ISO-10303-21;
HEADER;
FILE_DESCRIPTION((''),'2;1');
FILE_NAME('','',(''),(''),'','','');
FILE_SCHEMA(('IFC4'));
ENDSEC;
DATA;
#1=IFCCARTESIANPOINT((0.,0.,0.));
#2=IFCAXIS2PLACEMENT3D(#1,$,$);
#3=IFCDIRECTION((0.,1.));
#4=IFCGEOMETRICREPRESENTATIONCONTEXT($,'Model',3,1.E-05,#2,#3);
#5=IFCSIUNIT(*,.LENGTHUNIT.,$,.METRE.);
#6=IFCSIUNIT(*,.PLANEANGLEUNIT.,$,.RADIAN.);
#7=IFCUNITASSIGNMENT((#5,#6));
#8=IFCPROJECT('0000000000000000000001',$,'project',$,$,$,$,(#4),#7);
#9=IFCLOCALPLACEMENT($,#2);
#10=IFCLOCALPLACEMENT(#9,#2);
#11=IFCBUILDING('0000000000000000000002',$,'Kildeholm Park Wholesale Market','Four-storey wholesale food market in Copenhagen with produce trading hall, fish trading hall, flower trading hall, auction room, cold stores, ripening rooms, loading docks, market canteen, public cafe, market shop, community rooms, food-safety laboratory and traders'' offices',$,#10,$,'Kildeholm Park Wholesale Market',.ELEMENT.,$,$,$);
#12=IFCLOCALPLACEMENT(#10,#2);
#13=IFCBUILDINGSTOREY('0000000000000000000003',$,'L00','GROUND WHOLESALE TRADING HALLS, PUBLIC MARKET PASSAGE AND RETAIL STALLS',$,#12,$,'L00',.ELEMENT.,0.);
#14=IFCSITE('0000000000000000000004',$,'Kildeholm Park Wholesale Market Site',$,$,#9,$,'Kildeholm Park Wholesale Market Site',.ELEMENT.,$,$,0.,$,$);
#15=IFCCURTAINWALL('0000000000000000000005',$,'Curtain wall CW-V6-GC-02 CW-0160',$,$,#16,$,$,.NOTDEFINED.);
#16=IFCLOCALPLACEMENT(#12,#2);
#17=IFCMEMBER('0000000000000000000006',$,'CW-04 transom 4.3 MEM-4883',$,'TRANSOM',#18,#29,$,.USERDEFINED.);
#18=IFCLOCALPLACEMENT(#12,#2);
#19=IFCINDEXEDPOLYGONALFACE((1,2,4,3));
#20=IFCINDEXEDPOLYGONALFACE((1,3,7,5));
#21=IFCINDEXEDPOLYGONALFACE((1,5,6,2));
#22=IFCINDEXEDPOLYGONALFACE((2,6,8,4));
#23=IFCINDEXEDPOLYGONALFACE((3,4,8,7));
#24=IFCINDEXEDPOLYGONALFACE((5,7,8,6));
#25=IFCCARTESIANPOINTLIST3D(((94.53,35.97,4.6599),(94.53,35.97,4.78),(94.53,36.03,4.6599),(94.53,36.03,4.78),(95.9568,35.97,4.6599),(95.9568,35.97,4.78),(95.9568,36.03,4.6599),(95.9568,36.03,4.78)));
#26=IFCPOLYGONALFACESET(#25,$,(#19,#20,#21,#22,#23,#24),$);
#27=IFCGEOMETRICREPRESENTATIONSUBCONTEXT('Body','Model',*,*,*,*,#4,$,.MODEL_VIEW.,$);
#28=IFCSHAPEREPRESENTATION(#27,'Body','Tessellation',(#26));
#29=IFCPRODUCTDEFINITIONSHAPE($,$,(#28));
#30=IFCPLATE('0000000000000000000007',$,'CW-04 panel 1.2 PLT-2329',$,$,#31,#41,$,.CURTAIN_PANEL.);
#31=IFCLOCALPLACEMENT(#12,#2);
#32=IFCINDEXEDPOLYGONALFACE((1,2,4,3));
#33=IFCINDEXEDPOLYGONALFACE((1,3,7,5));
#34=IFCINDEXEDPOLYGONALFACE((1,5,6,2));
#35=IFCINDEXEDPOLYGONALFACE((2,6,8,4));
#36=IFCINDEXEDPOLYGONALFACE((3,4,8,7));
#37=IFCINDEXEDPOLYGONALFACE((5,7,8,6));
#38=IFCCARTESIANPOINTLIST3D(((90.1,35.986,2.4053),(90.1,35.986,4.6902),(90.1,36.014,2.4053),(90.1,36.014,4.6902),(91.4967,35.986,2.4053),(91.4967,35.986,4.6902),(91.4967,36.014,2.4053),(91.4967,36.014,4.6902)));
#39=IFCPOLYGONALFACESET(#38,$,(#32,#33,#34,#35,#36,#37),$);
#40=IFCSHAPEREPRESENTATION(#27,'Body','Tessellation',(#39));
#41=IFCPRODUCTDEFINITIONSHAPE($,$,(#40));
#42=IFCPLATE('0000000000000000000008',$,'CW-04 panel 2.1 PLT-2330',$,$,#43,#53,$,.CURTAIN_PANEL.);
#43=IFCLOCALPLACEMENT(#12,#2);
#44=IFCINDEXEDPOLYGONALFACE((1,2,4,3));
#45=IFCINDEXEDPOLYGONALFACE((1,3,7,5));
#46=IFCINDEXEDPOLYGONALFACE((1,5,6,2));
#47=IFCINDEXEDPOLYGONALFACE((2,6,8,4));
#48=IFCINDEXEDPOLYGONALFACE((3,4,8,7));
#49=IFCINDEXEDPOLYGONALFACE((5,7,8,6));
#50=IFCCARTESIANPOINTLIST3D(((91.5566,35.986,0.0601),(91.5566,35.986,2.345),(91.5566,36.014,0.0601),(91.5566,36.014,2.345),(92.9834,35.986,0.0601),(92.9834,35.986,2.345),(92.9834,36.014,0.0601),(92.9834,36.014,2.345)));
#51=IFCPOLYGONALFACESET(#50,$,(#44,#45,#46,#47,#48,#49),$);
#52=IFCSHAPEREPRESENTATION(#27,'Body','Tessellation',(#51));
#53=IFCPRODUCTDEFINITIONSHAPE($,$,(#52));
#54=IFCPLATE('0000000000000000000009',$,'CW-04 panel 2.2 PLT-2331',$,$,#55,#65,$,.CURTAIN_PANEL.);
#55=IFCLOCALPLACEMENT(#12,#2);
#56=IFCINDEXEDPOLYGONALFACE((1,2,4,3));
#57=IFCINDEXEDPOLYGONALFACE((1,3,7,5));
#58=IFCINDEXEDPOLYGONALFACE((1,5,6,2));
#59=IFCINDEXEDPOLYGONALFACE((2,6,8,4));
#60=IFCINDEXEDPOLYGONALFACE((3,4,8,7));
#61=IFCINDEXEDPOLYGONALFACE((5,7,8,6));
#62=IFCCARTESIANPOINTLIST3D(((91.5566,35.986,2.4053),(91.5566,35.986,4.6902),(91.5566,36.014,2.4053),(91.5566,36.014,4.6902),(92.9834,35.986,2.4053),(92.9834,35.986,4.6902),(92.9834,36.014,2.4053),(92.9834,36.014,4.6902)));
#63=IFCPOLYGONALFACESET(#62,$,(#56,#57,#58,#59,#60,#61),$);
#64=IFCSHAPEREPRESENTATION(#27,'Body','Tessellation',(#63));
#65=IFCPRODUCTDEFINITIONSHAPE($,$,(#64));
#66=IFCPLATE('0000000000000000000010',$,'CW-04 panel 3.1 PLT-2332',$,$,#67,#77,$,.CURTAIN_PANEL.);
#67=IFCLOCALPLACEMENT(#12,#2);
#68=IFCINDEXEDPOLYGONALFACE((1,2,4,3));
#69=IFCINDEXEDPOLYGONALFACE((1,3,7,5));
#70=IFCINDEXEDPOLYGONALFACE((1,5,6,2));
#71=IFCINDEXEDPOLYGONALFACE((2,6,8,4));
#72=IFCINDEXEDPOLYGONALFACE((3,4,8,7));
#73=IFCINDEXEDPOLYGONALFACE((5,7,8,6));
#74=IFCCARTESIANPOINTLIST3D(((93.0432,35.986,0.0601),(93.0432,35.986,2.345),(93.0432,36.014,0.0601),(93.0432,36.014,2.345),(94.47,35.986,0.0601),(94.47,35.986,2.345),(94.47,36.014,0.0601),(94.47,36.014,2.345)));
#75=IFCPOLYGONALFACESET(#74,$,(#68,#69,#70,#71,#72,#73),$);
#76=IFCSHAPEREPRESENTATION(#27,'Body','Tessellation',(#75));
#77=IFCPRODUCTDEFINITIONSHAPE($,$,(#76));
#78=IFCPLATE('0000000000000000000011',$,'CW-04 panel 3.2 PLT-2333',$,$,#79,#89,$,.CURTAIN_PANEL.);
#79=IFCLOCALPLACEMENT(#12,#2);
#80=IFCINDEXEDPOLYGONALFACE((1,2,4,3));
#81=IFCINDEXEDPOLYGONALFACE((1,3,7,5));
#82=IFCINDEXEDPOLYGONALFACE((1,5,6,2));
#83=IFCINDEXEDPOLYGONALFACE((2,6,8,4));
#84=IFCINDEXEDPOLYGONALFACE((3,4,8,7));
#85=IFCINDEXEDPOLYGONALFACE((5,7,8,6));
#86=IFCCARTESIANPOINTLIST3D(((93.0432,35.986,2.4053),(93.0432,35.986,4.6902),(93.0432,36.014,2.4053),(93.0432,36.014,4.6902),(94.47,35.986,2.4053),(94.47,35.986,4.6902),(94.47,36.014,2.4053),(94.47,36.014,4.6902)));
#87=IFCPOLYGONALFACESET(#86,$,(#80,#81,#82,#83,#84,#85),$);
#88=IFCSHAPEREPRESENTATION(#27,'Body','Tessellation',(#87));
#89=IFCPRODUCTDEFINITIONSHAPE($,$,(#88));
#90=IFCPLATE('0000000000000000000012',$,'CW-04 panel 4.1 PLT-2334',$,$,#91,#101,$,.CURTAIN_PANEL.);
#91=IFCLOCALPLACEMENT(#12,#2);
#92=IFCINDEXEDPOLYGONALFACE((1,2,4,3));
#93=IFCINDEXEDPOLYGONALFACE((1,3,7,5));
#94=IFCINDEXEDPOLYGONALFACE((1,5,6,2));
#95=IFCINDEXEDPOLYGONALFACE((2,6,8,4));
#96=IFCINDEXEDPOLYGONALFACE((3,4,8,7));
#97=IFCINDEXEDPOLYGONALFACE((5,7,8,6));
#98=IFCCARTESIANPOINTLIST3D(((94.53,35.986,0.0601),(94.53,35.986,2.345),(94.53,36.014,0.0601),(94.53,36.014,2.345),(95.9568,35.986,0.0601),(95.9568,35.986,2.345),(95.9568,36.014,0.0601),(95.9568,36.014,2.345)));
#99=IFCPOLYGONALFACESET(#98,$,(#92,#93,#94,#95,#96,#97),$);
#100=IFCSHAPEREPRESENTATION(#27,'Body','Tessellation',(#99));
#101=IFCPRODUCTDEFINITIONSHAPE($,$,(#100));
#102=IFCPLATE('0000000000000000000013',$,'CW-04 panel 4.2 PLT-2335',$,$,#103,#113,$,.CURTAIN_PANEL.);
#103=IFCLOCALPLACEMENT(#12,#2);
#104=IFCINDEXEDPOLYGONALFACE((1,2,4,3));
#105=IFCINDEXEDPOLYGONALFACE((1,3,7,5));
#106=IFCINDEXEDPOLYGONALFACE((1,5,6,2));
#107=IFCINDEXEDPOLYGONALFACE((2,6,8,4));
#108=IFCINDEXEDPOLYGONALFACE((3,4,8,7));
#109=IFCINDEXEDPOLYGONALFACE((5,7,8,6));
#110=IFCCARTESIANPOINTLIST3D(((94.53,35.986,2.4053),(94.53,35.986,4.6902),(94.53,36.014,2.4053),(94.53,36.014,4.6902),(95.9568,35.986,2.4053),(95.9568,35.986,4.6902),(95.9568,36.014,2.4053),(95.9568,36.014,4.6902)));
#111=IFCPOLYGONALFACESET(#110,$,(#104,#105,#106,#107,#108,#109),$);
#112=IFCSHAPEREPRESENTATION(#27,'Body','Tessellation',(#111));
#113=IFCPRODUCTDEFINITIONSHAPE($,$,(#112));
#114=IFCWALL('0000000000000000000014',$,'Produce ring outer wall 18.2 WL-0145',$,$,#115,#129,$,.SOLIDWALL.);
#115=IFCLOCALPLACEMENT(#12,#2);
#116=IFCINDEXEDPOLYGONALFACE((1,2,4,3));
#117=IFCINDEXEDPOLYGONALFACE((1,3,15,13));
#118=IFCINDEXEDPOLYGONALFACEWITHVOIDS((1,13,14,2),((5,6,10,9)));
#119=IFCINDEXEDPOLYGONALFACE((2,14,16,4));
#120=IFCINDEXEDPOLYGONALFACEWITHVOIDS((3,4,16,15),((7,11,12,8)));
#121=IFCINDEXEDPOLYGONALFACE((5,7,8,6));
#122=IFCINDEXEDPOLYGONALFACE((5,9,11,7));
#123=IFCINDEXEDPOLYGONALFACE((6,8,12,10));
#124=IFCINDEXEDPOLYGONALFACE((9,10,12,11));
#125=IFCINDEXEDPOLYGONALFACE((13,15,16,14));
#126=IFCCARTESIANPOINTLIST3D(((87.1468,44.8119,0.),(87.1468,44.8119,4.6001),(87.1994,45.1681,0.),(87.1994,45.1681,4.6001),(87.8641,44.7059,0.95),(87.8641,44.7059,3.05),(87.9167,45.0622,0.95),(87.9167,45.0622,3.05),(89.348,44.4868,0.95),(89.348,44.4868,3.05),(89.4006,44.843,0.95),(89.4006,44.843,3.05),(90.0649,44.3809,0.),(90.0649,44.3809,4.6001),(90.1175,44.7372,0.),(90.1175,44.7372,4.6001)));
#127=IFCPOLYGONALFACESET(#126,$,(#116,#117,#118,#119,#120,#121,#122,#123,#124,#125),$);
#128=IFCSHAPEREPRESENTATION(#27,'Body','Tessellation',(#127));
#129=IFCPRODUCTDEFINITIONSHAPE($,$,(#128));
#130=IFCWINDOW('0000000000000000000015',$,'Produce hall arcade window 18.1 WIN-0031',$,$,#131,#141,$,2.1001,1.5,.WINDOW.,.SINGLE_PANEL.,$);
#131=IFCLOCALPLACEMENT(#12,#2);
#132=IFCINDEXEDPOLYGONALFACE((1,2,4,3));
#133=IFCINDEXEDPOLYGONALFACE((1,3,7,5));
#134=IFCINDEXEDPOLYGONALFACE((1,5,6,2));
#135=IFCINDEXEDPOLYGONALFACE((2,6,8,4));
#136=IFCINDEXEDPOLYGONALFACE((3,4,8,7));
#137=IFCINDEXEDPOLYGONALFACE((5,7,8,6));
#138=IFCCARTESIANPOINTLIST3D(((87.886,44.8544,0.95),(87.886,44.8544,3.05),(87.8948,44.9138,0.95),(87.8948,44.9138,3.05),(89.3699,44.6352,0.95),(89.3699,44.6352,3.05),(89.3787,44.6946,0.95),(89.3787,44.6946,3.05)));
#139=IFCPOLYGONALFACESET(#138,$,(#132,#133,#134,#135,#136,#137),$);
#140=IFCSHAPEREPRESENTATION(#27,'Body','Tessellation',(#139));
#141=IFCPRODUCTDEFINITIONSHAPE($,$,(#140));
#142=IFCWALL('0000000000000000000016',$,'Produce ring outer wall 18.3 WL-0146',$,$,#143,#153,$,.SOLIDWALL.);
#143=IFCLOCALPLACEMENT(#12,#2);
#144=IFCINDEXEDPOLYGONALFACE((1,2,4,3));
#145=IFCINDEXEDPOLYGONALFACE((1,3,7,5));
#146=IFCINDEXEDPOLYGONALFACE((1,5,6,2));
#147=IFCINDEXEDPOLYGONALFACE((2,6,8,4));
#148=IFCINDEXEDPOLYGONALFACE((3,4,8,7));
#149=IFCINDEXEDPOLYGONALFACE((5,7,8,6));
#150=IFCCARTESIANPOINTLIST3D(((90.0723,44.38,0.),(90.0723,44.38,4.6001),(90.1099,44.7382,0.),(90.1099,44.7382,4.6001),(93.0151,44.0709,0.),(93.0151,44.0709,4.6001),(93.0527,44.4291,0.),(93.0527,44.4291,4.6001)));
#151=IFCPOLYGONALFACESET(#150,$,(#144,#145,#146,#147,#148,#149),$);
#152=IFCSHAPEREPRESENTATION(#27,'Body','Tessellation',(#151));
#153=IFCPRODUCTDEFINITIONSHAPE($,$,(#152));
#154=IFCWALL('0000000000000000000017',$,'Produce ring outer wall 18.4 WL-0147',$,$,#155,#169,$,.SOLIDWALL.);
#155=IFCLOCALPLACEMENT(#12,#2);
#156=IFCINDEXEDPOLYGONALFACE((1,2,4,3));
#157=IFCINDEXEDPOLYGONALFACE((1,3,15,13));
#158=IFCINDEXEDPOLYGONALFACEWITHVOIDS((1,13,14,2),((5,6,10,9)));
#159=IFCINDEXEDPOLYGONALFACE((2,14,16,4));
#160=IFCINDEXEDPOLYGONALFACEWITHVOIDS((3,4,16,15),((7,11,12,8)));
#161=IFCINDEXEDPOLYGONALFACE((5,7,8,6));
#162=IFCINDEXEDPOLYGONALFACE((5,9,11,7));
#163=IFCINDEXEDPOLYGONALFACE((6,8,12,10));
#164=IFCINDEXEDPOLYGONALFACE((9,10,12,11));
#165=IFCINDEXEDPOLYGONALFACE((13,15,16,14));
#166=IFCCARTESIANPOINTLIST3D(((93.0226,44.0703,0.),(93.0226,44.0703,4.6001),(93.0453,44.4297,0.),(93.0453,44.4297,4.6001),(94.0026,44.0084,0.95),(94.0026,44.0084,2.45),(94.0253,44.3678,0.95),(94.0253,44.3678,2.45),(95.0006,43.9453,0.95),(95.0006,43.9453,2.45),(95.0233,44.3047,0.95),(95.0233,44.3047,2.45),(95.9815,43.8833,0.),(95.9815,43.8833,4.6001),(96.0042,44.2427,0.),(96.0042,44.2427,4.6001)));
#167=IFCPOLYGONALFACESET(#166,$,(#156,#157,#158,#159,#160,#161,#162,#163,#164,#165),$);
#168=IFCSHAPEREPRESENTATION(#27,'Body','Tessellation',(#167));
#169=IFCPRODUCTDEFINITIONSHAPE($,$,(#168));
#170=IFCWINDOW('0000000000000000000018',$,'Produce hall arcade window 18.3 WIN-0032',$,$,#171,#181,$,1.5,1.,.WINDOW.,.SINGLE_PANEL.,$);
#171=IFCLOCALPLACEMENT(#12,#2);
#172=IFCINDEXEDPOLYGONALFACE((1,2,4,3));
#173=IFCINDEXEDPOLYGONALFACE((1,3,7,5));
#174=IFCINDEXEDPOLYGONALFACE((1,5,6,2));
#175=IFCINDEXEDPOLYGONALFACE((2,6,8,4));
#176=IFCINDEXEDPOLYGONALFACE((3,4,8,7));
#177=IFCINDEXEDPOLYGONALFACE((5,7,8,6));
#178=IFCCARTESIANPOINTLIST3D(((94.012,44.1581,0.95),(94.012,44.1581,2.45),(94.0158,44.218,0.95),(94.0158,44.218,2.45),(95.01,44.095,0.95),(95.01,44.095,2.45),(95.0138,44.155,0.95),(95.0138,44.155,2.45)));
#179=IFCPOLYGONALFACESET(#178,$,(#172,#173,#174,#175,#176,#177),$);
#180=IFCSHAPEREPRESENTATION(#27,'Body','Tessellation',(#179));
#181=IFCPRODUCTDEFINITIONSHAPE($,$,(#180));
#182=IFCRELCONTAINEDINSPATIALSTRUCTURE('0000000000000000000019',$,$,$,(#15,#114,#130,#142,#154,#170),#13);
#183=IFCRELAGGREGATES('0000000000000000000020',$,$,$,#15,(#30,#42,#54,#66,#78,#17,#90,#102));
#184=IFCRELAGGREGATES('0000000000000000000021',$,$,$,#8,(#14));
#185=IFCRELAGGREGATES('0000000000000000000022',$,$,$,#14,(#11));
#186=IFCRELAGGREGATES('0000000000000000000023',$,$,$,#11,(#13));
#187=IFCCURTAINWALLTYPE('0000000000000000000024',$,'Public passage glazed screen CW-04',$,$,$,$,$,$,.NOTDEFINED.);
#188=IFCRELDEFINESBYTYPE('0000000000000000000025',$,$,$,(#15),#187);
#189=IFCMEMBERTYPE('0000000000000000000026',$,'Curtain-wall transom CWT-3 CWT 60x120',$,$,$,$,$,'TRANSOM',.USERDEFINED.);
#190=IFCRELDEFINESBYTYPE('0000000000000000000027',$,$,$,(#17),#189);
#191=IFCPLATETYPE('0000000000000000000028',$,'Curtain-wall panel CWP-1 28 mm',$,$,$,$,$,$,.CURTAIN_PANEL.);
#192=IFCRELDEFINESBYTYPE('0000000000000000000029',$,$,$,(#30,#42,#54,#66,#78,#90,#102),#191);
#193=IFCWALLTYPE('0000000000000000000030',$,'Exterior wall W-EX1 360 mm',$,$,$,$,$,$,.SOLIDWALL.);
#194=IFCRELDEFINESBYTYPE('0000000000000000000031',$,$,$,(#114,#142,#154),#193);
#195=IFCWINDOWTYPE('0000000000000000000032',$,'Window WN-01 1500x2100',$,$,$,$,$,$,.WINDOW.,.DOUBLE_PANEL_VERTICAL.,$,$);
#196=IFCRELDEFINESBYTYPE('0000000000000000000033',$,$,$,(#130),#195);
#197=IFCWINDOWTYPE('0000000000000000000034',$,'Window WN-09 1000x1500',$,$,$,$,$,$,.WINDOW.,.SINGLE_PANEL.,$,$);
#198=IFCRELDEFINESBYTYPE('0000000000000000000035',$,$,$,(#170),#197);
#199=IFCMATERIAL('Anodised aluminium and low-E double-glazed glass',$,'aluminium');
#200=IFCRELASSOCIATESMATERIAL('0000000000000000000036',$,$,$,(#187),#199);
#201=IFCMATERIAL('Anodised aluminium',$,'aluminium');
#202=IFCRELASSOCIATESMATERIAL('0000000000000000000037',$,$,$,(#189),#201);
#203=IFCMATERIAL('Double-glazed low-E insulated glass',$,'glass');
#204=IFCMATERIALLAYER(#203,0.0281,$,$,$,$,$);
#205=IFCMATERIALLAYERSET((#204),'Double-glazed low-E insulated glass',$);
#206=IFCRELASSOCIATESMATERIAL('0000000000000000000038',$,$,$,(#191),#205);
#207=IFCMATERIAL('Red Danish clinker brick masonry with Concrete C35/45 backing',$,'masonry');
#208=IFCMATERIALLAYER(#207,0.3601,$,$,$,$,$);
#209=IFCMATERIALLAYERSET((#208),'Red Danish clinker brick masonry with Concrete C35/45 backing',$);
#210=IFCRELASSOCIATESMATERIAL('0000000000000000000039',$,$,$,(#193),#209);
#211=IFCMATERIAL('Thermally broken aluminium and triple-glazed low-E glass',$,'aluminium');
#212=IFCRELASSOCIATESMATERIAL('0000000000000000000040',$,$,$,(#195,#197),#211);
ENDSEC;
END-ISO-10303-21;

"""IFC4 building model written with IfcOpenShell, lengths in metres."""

from ifc_helpers import new_model, si_unit, direction, frame, frame_2d, origin, origin_2d, place, context, subcontext, project, spatial, rectangle, extrude, material, layer, layer_set, material_profile, profile_set, type_object, element, fill, aggregate, save


model = new_model("IFC4")

# Units and contexts
model_context = context("Model", 3, precision=1e-05, world=origin(), true_north=direction((0.0, 1.0)))
body_context = subcontext(model_context, "Body", "Model", "MODEL_VIEW")
ifc_project = project(units=[si_unit("LENGTHUNIT", "METRE"), si_unit("PLANEANGLEUNIT", "RADIAN")], contexts=[model_context])

# Site, building, storey
site_placement = place(None, origin())
site = spatial("IfcSite", under=ifc_project, at=site_placement, Name="Kildeholm Park Wholesale Market Site", LongName="Kildeholm Park Wholesale Market Site", CompositionType="ELEMENT", RefElevation=0.0)
building_placement = place(site_placement, origin())
building = spatial("IfcBuilding", under=site, at=building_placement, Name="Kildeholm Park Wholesale Market", Description="Four-storey wholesale food market in Copenhagen with produce trading hall, fish trading hall, flower trading hall, auction room, cold stores, ripening rooms, loading docks, market canteen, public cafe, market shop, community rooms, food-safety laboratory and traders' offices", LongName="Kildeholm Park Wholesale Market", CompositionType="ELEMENT")
storey_placement = place(building_placement, origin())
storey = spatial("IfcBuildingStorey", under=building, at=storey_placement, Name="L00", Description="GROUND WHOLESALE TRADING HALLS, PUBLIC MARKET PASSAGE AND RETAIL STALLS", LongName="L00", CompositionType="ELEMENT", Elevation=0.0)

# Curtain wall, member, plates
ifc_material_1 = material(Name="Anodised aluminium and low-E double-glazed glass", Category="aluminium")
curtain_wall_type = type_object("IfcCurtainWallType", Name="Public passage glazed screen CW-04", PredefinedType="NOTDEFINED", material=ifc_material_1)
curtain_wall_placement = place(storey_placement, origin())
curtain_wall = element("IfcCurtainWall", 1, at=curtain_wall_placement, inside=storey, type_object=curtain_wall_type, Name="Curtain wall CW-V6-GC-02 CW-0160", PredefinedType="NOTDEFINED")
ifc_material_2 = material(Name="Anodised aluminium", Category="aluminium")
ifc_material_profile_1 = material_profile(ifc_material_2, rectangle(XDim=0.0601, YDim=0.1201, at=origin_2d()), Name="CWT 60x120")
ifc_profile_set_1 = profile_set([ifc_material_profile_1], Name="Anodised aluminium")
member_type_1 = type_object("IfcMemberType", Name="Curtain-wall transom CWT-3 CWT 60x120", ElementType="TRANSOM", PredefinedType="USERDEFINED", material=ifc_profile_set_1)
member_1_placement = place(storey_placement, frame((94.53, 36.0, 4.72), z_axis=(1.0, 0.0, 0.0), x_axis=(0.0, 1.0, 0.0)))
member_1 = element("IfcMember", 2, at=member_1_placement, type_object=member_type_1, Name="CW-04 transom 4.3 MEM-4883", ObjectType="TRANSOM", PredefinedType="USERDEFINED", context=body_context, shape_type="SweptSolid", body=[
    extrude(rectangle(XDim=0.0601, YDim=0.1201, at=origin_2d()), origin(), (0.0, 0.0, 1.0), 1.4268),
])
ifc_material_3 = material(Name="Double-glazed low-E insulated glass", Category="glass")
ifc_layer_1 = layer(ifc_material_3, 0.0281)
ifc_layer_set_1 = layer_set([ifc_layer_1], Name="Double-glazed low-E insulated glass")
plate_type = type_object("IfcPlateType", Name="Curtain-wall panel CWP-1 28 mm", PredefinedType="CURTAIN_PANEL", material=ifc_layer_set_1)
plate_1_placement = place(storey_placement, frame((90.7983, 36.0, 2.4053), z_axis=(0.0, 0.0, 1.0), x_axis=(1.0, 0.0, 0.0)))
plate_1 = element("IfcPlate", 3, at=plate_1_placement, type_object=plate_type, Name="CW-04 panel 1.2 PLT-2329", PredefinedType="CURTAIN_PANEL", context=body_context, shape_type="SweptSolid", body=[
    extrude(rectangle(XDim=1.3967, YDim=0.0281, at=origin_2d()), origin(), (0.0, 0.0, 1.0), 2.2849),
])
plate_2_placement = place(storey_placement, frame((92.27, 36.0, 0.0601), z_axis=(0.0, 0.0, 1.0), x_axis=(1.0, 0.0, 0.0)))
plate_2 = element("IfcPlate", 4, at=plate_2_placement, type_object=plate_type, Name="CW-04 panel 2.1 PLT-2330", PredefinedType="CURTAIN_PANEL", context=body_context, shape_type="SweptSolid", body=[
    extrude(rectangle(XDim=1.4268, YDim=0.0281, at=origin_2d()), origin(), (0.0, 0.0, 1.0), 2.2849),
])
plate_3_placement = place(storey_placement, frame((92.27, 36.0, 2.4053), z_axis=(0.0, 0.0, 1.0), x_axis=(1.0, 0.0, 0.0)))
plate_3 = element("IfcPlate", 5, at=plate_3_placement, type_object=plate_type, Name="CW-04 panel 2.2 PLT-2331", PredefinedType="CURTAIN_PANEL", context=body_context, shape_type="SweptSolid", body=[
    extrude(rectangle(XDim=1.4268, YDim=0.0281, at=origin_2d()), origin(), (0.0, 0.0, 1.0), 2.2849),
])
plate_4_placement = place(storey_placement, frame((93.7566, 36.0, 0.0601), z_axis=(0.0, 0.0, 1.0), x_axis=(1.0, 0.0, 0.0)))
plate_4 = element("IfcPlate", 6, at=plate_4_placement, type_object=plate_type, Name="CW-04 panel 3.1 PLT-2332", PredefinedType="CURTAIN_PANEL", context=body_context, shape_type="SweptSolid", body=[
    extrude(rectangle(XDim=1.4268, YDim=0.0281, at=origin_2d()), origin(), (0.0, 0.0, 1.0), 2.2849),
])
plate_5_placement = place(storey_placement, frame((93.7566, 36.0, 2.4053), z_axis=(0.0, 0.0, 1.0), x_axis=(1.0, 0.0, 0.0)))
plate_5 = element("IfcPlate", 7, at=plate_5_placement, type_object=plate_type, Name="CW-04 panel 3.2 PLT-2333", PredefinedType="CURTAIN_PANEL", context=body_context, shape_type="SweptSolid", body=[
    extrude(rectangle(XDim=1.4268, YDim=0.0281, at=origin_2d()), origin(), (0.0, 0.0, 1.0), 2.2849),
])
plate_6_placement = place(storey_placement, frame((95.2434, 36.0, 0.0601), z_axis=(0.0, 0.0, 1.0), x_axis=(1.0, 0.0, 0.0)))
plate_6 = element("IfcPlate", 8, at=plate_6_placement, type_object=plate_type, Name="CW-04 panel 4.1 PLT-2334", PredefinedType="CURTAIN_PANEL", context=body_context, shape_type="SweptSolid", body=[
    extrude(rectangle(XDim=1.4268, YDim=0.0281, at=origin_2d()), origin(), (0.0, 0.0, 1.0), 2.2849),
])
plate_7_placement = place(storey_placement, frame((95.2434, 36.0, 2.4053), z_axis=(0.0, 0.0, 1.0), x_axis=(1.0, 0.0, 0.0)))
plate_7 = element("IfcPlate", 9, at=plate_7_placement, type_object=plate_type, Name="CW-04 panel 4.2 PLT-2335", PredefinedType="CURTAIN_PANEL", context=body_context, shape_type="SweptSolid", body=[
    extrude(rectangle(XDim=1.4268, YDim=0.0281, at=origin_2d()), origin(), (0.0, 0.0, 1.0), 2.2849),
])
aggregate(curtain_wall, [plate_1, plate_2, plate_3, plate_4, plate_5, member_1, plate_6, plate_7])

# Wall, opening, window
ifc_material_4 = material(Name="Red Danish clinker brick masonry with Concrete C35/45 backing", Category="masonry")
ifc_layer_2 = layer(ifc_material_4, 0.3601)
ifc_layer_set_2 = layer_set([ifc_layer_2], Name="Red Danish clinker brick masonry with Concrete C35/45 backing")
wall_type = type_object("IfcWallType", Name="Exterior wall W-EX1 360 mm", PredefinedType="SOLIDWALL", material=ifc_layer_set_2)
wall_1_placement = place(storey_placement, frame((87.1731, 44.99, 0.0), z_axis=(0.0, 0.0, 1.0), x_axis=(0.989271, -0.14609, 0.0)))
wall_1 = element("IfcWall", 10, at=wall_1_placement, inside=storey, type_object=wall_type, Name="Produce ring outer wall 18.2 WL-0145", PredefinedType="SOLIDWALL", context=body_context, shape_type="SweptSolid", body=[
    extrude(rectangle(XDim=2.9497, YDim=0.3601, at=frame_2d((1.4749, 0.0))), origin(), (0.0, 0.0, 1.0), 4.6001),
])
opening_1_placement = place(wall_1_placement, frame((0.7251, 0.0, 0.95)))
opening_1 = element("IfcOpeningElement", 11, at=opening_1_placement, cuts=wall_1, PredefinedType="OPENING", context=body_context, shape_type="SweptSolid", body=[
    extrude(rectangle(XDim=1.5, YDim=2.1001, at=frame_2d((0.75, 1.05))), frame((0.0, 0.1899, 0.0), z_axis=(0.0, -1.0, 0.0), x_axis=(1.0, 0.0, 0.0)), (0.0, 0.0, 1.0), 0.3801),
])
ifc_material_5 = material(Name="Thermally broken aluminium and triple-glazed low-E glass", Category="aluminium")
window_type_1 = type_object("IfcWindowType", Name="Window WN-01 1500x2100", PartitioningType="DOUBLE_PANEL_VERTICAL", PredefinedType="WINDOW", material=ifc_material_5)
window_1_placement = place(opening_1_placement, origin())
window_1 = element("IfcWindow", 12, at=window_1_placement, inside=storey, type_object=window_type_1, Name="Produce hall arcade window 18.1 WIN-0031", OverallHeight=2.1001, OverallWidth=1.5, PartitioningType="SINGLE_PANEL", PredefinedType="WINDOW", context=body_context, shape_type="SweptSolid", body=[
    extrude(rectangle(XDim=1.5, YDim=2.1001, at=frame_2d((0.75, 1.05))), frame((0.0, 0.03, 0.0), z_axis=(0.0, -1.0, 0.0), x_axis=(1.0, 0.0, 0.0)), (0.0, 0.0, 1.0), 0.0601),
])
fill(opening_1, window_1)

# Wall
wall_2_placement = place(storey_placement, frame((90.0911, 44.5591, 0.0), z_axis=(0.0, 0.0, 1.0), x_axis=(0.99453, -0.104453, 0.0)))
element("IfcWall", 13, at=wall_2_placement, inside=storey, type_object=wall_type, Name="Produce ring outer wall 18.3 WL-0146", PredefinedType="SOLIDWALL", context=body_context, shape_type="SweptSolid", body=[
    extrude(rectangle(XDim=2.959, YDim=0.3601, at=frame_2d((1.4795, 0.0))), origin(), (0.0, 0.0, 1.0), 4.6001),
])

# Wall, opening, window
wall_3_placement = place(storey_placement, frame((93.0339, 44.25, 0.0), z_axis=(0.0, 0.0, 1.0), x_axis=(0.998009, -0.063075, 0.0)))
wall_3 = element("IfcWall", 14, at=wall_3_placement, inside=storey, type_object=wall_type, Name="Produce ring outer wall 18.4 WL-0147", PredefinedType="SOLIDWALL", context=body_context, shape_type="SweptSolid", body=[
    extrude(rectangle(XDim=2.9648, YDim=0.3601, at=frame_2d((1.4824, 0.0))), origin(), (0.0, 0.0, 1.0), 4.6001),
])
opening_2_placement = place(wall_3_placement, frame((0.9819, 0.0, 0.95)))
opening_2 = element("IfcOpeningElement", 15, at=opening_2_placement, cuts=wall_3, PredefinedType="OPENING", context=body_context, shape_type="SweptSolid", body=[
    extrude(rectangle(XDim=1.0, YDim=1.5, at=frame_2d((0.5, 0.75))), frame((0.0, 0.1899, 0.0), z_axis=(0.0, -1.0, 0.0), x_axis=(1.0, 0.0, 0.0)), (0.0, 0.0, 1.0), 0.3801),
])
window_type_2 = type_object("IfcWindowType", Name="Window WN-09 1000x1500", PartitioningType="SINGLE_PANEL", PredefinedType="WINDOW", material=ifc_material_5)
window_2_placement = place(opening_2_placement, origin())
window_2 = element("IfcWindow", 16, at=window_2_placement, inside=storey, type_object=window_type_2, Name="Produce hall arcade window 18.3 WIN-0032", OverallHeight=1.5, OverallWidth=1.0, PartitioningType="SINGLE_PANEL", PredefinedType="WINDOW", context=body_context, shape_type="SweptSolid", body=[
    extrude(rectangle(XDim=1.0, YDim=1.5, at=frame_2d((0.5, 0.75))), frame((0.0, 0.03, 0.0), z_axis=(0.0, -1.0, 0.0), x_axis=(1.0, 0.0, 0.0)), (0.0, 0.0, 1.0), 0.0601),
])
fill(opening_2, window_2)

save(model, "model.ifc")
